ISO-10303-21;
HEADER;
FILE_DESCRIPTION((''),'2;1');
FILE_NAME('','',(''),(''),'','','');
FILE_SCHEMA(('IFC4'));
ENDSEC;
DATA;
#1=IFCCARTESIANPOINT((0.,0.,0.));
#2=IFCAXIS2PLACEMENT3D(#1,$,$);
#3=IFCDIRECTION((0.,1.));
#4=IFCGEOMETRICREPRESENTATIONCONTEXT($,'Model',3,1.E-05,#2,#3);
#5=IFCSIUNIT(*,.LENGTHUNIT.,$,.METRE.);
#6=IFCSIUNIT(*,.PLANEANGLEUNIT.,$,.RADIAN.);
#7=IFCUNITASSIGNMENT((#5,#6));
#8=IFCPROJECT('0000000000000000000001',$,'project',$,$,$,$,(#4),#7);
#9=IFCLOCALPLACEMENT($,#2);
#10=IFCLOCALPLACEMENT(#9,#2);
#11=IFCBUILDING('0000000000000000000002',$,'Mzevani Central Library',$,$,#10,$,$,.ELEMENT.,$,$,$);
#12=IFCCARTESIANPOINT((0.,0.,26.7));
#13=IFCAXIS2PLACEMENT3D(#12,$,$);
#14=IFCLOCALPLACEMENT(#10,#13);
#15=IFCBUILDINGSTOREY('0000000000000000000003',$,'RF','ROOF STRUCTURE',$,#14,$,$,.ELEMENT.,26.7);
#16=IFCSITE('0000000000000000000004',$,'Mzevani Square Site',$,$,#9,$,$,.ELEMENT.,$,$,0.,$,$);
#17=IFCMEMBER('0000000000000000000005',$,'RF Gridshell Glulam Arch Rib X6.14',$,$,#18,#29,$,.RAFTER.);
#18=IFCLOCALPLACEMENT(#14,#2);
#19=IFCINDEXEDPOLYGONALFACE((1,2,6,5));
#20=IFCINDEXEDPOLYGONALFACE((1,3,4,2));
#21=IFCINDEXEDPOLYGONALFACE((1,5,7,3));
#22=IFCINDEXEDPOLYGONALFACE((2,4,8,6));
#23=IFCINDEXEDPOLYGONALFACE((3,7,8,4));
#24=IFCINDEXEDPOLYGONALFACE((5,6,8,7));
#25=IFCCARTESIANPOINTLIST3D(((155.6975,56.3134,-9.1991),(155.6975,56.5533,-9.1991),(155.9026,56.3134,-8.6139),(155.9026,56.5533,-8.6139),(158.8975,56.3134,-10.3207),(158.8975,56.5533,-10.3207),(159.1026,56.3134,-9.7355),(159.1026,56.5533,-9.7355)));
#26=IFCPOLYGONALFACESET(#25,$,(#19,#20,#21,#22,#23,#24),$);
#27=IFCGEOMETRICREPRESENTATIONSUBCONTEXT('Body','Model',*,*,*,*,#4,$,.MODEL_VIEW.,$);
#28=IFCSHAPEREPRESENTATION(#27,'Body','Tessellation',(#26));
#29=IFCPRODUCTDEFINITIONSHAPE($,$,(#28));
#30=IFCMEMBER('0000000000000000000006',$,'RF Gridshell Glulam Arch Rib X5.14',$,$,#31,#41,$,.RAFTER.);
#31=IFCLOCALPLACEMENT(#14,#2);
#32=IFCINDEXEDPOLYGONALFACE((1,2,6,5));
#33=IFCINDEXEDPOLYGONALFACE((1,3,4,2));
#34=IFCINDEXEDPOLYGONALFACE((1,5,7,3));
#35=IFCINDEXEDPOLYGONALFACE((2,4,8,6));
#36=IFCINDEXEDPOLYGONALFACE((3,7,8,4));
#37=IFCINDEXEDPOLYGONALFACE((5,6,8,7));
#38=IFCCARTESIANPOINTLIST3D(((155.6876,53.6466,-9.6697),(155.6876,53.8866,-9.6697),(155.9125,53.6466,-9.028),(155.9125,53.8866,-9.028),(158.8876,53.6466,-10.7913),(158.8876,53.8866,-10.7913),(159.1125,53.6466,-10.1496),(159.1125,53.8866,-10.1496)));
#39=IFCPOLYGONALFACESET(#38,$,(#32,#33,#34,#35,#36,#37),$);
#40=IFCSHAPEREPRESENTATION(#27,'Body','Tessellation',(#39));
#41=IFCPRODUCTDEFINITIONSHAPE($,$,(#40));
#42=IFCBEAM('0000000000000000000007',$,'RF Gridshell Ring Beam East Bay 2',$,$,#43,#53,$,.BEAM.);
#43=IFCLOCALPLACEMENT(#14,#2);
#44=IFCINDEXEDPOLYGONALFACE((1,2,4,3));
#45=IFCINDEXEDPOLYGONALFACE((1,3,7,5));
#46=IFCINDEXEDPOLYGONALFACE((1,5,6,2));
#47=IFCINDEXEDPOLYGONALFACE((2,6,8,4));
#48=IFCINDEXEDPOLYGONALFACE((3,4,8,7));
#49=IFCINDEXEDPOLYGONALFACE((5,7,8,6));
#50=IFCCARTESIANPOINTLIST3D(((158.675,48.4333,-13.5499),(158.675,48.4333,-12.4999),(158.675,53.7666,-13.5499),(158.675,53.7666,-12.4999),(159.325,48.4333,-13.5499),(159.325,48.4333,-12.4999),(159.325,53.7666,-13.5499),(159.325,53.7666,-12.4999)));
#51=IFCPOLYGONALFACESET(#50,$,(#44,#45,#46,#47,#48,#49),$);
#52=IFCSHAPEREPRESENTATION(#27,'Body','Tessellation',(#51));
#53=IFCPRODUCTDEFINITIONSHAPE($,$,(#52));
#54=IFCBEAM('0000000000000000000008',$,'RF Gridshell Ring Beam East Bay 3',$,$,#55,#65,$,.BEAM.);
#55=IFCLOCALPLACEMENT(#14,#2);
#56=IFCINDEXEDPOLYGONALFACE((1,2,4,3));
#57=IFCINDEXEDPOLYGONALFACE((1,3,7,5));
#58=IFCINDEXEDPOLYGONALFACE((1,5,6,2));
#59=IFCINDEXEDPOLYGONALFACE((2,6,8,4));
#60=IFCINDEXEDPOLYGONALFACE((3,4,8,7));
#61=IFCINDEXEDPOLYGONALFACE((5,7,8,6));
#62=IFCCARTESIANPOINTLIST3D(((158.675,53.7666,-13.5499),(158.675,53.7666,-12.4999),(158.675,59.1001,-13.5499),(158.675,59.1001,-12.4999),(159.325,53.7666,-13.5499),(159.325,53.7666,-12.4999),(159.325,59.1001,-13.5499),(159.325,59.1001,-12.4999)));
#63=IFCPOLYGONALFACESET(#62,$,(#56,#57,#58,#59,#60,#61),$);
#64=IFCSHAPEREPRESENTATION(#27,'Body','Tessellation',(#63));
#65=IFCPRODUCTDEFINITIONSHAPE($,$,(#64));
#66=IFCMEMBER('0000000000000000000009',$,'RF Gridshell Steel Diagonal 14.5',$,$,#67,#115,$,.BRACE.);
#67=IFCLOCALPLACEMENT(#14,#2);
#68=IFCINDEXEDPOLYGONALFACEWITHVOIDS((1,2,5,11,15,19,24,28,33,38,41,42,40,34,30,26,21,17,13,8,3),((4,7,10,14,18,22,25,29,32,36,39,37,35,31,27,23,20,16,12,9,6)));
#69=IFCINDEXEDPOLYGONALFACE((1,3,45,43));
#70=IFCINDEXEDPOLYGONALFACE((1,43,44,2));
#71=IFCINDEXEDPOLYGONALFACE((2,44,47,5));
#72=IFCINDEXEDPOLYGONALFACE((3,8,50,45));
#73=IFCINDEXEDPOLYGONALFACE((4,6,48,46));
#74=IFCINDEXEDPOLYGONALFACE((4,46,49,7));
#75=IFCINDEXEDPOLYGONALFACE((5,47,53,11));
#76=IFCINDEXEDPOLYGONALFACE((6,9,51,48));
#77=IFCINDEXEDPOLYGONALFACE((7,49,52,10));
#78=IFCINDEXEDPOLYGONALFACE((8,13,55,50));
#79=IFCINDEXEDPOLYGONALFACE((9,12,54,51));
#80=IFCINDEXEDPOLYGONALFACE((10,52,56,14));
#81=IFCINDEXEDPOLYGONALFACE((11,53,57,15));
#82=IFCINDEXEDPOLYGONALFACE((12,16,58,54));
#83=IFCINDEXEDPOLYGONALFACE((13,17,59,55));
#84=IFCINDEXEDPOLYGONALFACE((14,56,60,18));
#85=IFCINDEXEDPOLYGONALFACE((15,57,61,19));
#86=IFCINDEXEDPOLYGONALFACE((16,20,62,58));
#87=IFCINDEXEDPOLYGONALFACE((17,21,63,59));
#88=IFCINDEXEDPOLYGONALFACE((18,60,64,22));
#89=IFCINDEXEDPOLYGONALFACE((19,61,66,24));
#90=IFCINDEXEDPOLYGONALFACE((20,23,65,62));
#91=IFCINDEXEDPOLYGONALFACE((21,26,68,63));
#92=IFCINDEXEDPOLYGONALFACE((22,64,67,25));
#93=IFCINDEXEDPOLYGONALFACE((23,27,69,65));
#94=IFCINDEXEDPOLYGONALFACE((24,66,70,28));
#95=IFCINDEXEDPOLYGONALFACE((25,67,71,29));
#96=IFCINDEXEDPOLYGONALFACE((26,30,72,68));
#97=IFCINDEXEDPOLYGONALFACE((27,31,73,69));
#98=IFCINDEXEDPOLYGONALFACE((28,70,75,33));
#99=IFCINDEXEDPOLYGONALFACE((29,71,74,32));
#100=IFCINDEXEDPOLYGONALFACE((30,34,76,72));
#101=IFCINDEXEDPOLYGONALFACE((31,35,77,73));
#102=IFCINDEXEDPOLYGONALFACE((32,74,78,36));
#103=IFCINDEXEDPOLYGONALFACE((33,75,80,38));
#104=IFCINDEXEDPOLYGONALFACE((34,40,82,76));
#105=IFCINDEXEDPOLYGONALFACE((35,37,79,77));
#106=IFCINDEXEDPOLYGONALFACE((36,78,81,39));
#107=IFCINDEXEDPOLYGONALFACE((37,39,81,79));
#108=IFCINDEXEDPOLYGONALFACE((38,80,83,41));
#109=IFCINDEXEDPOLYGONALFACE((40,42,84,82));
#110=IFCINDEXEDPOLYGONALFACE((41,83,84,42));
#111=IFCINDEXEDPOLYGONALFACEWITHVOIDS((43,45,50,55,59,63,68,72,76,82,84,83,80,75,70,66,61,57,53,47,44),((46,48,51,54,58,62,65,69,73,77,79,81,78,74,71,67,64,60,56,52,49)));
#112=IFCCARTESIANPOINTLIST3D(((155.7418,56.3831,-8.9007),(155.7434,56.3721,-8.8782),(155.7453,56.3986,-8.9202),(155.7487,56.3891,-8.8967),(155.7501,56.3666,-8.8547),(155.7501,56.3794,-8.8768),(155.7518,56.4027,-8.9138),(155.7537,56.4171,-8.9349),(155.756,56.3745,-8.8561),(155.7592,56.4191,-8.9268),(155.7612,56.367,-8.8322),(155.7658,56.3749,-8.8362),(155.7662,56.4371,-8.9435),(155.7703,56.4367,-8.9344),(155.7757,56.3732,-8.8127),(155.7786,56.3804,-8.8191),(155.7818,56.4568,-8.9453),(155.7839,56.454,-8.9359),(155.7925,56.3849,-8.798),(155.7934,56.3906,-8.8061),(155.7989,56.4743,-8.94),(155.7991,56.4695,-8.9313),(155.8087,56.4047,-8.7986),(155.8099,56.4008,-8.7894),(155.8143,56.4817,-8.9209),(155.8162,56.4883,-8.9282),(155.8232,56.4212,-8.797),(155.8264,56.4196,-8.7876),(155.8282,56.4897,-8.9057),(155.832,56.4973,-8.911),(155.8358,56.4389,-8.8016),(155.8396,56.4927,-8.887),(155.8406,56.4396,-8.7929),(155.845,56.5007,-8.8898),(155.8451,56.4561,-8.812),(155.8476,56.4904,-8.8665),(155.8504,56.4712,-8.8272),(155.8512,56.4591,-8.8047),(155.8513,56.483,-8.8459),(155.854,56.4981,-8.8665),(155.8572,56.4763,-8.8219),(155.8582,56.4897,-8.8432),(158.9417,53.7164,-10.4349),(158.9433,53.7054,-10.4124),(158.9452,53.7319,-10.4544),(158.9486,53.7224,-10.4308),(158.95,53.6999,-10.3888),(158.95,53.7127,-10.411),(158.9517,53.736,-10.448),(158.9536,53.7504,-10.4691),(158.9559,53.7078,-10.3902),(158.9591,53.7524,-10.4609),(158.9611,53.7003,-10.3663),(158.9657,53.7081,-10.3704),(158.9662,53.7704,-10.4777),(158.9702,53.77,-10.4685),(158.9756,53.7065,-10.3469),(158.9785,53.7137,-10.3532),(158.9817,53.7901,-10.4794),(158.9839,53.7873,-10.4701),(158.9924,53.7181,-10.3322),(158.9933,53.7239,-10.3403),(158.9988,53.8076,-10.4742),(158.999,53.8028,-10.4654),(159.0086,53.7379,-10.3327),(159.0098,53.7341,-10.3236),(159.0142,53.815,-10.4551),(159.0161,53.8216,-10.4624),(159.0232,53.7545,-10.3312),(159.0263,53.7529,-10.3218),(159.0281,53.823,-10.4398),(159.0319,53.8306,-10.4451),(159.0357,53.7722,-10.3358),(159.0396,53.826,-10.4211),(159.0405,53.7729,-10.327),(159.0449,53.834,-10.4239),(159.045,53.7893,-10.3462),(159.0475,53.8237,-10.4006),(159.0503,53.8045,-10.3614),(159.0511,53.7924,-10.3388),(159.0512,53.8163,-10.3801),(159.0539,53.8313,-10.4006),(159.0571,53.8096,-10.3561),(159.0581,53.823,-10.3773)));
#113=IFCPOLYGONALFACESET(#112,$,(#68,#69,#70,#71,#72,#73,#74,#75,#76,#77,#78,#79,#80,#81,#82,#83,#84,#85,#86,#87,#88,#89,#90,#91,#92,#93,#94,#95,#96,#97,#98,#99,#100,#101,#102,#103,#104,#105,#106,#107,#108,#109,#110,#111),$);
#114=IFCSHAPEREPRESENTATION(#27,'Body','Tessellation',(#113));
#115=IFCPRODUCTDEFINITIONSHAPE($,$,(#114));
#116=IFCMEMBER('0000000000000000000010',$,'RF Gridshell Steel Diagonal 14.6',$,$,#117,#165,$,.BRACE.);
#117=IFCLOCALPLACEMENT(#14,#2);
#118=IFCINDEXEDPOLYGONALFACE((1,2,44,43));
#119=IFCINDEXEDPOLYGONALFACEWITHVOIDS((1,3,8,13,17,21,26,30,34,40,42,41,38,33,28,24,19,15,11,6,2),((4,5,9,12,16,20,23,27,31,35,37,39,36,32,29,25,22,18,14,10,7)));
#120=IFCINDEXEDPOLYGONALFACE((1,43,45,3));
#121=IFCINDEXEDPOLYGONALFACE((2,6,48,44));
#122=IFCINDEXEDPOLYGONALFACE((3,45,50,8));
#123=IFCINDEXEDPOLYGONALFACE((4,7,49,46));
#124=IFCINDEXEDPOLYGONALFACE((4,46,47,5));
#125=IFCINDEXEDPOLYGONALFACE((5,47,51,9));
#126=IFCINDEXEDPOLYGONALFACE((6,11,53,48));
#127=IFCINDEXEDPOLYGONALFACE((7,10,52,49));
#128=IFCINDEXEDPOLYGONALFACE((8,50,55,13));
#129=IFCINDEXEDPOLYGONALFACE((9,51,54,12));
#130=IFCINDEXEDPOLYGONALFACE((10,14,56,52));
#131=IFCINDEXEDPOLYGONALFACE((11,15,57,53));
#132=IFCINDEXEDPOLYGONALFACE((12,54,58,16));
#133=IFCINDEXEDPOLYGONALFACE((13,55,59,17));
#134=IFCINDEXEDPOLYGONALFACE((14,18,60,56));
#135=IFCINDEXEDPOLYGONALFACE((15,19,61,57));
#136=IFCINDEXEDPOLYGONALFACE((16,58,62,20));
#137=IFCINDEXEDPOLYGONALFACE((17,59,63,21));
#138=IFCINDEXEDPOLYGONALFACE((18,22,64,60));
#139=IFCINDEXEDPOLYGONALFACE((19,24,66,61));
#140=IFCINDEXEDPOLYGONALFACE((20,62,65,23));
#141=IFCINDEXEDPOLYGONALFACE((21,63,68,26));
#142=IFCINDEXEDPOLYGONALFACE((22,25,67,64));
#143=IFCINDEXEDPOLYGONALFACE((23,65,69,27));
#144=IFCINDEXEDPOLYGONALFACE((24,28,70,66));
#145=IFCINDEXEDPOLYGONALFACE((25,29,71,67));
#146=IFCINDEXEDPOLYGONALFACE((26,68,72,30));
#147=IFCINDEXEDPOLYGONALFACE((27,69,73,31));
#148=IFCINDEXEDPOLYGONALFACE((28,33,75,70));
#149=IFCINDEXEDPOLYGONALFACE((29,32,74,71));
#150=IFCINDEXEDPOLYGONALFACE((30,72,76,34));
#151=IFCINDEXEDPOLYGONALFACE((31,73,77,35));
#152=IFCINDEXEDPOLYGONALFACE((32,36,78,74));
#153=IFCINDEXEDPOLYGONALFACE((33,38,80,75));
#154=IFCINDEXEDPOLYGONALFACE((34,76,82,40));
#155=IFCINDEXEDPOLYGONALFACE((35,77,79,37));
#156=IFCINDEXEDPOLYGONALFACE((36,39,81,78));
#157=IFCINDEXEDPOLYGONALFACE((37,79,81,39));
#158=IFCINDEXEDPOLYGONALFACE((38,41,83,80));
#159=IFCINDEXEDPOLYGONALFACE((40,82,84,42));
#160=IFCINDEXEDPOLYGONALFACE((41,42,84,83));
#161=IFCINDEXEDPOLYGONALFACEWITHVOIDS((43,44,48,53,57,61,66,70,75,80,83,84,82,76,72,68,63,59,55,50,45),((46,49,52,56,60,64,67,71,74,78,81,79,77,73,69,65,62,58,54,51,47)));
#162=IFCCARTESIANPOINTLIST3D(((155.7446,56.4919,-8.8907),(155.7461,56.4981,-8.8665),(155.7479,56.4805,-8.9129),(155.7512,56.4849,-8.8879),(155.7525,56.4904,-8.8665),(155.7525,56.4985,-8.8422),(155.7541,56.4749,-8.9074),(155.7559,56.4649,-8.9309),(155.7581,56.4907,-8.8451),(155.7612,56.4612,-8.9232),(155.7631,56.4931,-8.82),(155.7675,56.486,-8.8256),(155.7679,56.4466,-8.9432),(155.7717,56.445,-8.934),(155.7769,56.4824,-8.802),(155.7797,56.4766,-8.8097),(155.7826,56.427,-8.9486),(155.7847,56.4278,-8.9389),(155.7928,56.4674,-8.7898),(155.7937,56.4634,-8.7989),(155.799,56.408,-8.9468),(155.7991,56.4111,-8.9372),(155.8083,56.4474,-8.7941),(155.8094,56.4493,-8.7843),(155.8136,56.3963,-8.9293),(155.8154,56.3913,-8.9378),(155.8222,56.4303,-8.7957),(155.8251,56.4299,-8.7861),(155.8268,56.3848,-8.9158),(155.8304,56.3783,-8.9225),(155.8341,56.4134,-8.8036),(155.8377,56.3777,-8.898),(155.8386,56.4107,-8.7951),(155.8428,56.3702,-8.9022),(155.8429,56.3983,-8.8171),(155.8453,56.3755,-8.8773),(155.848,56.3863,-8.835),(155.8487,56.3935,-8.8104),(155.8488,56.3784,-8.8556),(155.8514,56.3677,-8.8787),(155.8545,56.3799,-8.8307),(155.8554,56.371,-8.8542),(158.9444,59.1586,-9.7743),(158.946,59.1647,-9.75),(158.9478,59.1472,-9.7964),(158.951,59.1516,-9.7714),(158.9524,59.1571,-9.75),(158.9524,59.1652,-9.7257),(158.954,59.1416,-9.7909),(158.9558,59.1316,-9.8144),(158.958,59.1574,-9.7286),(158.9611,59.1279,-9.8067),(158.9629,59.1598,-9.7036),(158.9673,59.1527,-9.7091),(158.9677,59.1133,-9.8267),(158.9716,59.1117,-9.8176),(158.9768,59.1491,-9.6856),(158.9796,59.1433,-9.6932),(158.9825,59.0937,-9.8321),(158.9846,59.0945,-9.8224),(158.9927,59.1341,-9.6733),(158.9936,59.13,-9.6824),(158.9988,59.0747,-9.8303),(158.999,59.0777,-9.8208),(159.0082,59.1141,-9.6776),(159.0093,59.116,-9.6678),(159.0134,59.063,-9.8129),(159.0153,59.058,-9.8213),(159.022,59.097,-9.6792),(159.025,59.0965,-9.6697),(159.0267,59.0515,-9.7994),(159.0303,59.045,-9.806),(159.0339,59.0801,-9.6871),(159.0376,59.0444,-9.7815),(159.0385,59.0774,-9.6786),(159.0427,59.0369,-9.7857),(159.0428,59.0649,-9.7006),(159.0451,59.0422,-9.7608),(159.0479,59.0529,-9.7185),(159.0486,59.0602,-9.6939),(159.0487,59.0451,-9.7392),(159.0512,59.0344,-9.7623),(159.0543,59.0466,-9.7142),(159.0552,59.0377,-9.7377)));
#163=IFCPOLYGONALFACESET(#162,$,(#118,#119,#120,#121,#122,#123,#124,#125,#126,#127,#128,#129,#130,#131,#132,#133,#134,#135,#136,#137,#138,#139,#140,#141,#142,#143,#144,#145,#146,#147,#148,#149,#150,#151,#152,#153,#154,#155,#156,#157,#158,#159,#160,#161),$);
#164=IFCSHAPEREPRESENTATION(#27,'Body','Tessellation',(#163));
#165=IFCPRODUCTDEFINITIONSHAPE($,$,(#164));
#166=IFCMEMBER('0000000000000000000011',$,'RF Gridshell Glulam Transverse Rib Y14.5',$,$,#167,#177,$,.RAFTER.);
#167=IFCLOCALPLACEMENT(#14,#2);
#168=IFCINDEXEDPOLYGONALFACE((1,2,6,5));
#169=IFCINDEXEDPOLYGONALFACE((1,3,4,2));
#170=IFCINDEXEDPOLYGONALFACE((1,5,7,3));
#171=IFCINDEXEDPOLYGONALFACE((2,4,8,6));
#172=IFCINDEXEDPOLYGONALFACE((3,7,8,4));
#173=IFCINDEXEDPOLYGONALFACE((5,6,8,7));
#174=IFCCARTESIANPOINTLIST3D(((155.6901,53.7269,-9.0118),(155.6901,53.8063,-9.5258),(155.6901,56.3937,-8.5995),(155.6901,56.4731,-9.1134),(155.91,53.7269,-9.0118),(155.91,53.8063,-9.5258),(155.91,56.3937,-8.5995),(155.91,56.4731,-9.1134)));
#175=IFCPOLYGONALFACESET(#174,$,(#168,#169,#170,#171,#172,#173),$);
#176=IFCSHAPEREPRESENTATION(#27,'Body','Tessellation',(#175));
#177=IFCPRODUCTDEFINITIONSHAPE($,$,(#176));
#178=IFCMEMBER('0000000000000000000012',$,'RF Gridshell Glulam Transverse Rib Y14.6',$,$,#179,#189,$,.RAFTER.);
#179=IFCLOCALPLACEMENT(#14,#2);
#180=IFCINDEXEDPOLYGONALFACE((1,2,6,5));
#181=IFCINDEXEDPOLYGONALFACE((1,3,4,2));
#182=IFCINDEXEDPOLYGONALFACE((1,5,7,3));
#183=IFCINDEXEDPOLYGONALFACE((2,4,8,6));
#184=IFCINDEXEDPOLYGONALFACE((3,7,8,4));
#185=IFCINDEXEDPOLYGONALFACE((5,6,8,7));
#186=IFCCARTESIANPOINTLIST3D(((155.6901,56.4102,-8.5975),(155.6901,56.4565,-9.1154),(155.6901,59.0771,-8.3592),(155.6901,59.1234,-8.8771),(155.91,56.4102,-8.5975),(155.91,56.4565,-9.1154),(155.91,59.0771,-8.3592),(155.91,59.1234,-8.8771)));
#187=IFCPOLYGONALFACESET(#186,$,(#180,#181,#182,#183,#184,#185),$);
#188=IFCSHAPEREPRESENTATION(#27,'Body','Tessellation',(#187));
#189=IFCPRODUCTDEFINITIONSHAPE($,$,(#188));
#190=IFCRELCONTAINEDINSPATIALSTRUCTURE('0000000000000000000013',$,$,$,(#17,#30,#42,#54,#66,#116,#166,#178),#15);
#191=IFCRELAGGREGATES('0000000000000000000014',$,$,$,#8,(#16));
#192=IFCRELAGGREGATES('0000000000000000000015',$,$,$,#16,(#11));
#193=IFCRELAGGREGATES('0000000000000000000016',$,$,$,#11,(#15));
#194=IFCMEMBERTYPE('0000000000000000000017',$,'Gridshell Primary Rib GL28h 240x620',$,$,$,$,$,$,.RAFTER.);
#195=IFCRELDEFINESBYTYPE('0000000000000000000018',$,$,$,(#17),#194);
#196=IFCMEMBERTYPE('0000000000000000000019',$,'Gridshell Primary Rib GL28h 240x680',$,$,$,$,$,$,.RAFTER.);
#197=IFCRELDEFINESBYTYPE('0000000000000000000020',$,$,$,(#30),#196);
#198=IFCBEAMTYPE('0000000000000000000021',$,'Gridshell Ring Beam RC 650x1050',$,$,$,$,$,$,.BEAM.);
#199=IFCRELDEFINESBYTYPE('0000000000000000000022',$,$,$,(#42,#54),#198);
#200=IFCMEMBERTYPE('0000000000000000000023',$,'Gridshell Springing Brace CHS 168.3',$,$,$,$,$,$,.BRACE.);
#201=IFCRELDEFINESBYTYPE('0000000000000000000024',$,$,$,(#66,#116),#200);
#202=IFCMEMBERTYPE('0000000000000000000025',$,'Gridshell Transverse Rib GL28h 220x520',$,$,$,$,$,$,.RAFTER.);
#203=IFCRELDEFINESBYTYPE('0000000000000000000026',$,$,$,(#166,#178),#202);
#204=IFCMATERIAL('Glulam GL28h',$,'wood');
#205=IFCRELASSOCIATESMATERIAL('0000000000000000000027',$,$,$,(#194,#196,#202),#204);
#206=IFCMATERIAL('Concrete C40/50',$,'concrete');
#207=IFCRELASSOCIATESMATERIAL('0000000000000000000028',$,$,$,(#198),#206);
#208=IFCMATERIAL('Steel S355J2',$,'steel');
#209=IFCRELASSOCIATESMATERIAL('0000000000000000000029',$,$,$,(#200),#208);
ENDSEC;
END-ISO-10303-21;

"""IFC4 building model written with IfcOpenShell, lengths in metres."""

from ifc_helpers import new_model, si_unit, direction, frame, origin, origin_2d, place, context, subcontext, project, spatial, rectangle, hollow_circle, extrude, material, material_profile, profile_set, type_object, element, save


model = new_model("IFC4")

# Units and contexts
model_context = context("Model", 3, precision=1e-05, world=origin(), true_north=direction((0.0, 1.0)))
body_context = subcontext(model_context, "Body", "Model", "MODEL_VIEW")
ifc_project = project(units=[si_unit("LENGTHUNIT", "METRE"), si_unit("PLANEANGLEUNIT", "RADIAN")], contexts=[model_context])

# Site, building, storey
site_placement = place(None, origin())
site = spatial("IfcSite", under=ifc_project, at=site_placement, Name="Mzevani Square Site", CompositionType="ELEMENT", RefElevation=0.0)
building_placement = place(site_placement, origin())
building = spatial("IfcBuilding", under=site, at=building_placement, Name="Mzevani Central Library", CompositionType="ELEMENT")
storey_placement = place(building_placement, frame((0.0, 0.0, 26.7)))
storey = spatial("IfcBuildingStorey", under=building, at=storey_placement, Name="RF", Description="ROOF STRUCTURE", CompositionType="ELEMENT", Elevation=26.7)

# Members
ifc_material_1 = material(Name="Steel S355J2", Category="steel")
ifc_material_2 = material(Name="Glulam GL28h", Category="wood")
ifc_material_profile_1 = material_profile(ifc_material_2, rectangle(XDim=0.24, YDim=0.6201, at=origin_2d()), Name="GL28h 240x620")
ifc_profile_set_1 = profile_set([ifc_material_profile_1], Name="Glulam GL28h")
member_type_1 = type_object("IfcMemberType", Name="Gridshell Primary Rib GL28h 240x620", PredefinedType="RAFTER", material=ifc_profile_set_1)
member_1_placement = place(storey_placement, frame((155.8, 56.4333, -8.9065), z_axis=(0.943711, 0.0, -0.330771), x_axis=(0.0, 1.0, 0.0)))
element("IfcMember", 1, at=member_1_placement, inside=storey, type_object=member_type_1, Name="RF Gridshell Glulam Arch Rib X6.14", PredefinedType="RAFTER", context=body_context, shape_type="SweptSolid", body=[
    extrude(rectangle(XDim=0.24, YDim=0.6201, at=origin_2d()), origin(), (0.0, 0.0, 1.0), 3.3909),
])
ifc_material_profile_2 = material_profile(ifc_material_2, rectangle(XDim=0.24, YDim=0.6799, at=origin_2d()), Name="GL28h 240x680")
ifc_profile_set_2 = profile_set([ifc_material_profile_2], Name="Glulam GL28h")
member_type_2 = type_object("IfcMemberType", Name="Gridshell Primary Rib GL28h 240x680", PredefinedType="RAFTER", material=ifc_profile_set_2)
member_2_placement = place(storey_placement, frame((155.8, 53.7666, -9.3489), z_axis=(0.943711, 0.0, -0.330771), x_axis=(0.0, 1.0, 0.0)))
element("IfcMember", 2, at=member_2_placement, inside=storey, type_object=member_type_2, Name="RF Gridshell Glulam Arch Rib X5.14", PredefinedType="RAFTER", context=body_context, shape_type="SweptSolid", body=[
    extrude(rectangle(XDim=0.24, YDim=0.6799, at=origin_2d()), origin(), (0.0, 0.0, 1.0), 3.3909),
])

# Beams
ifc_material_3 = material(Name="Concrete C40/50", Category="concrete")
ifc_material_profile_3 = material_profile(ifc_material_3, rectangle(XDim=0.6499, YDim=1.05, at=origin_2d()), Name="RC RB650x1050")
ifc_profile_set_3 = profile_set([ifc_material_profile_3], Name="Concrete C40/50")
beam_type_1 = type_object("IfcBeamType", Name="Gridshell Ring Beam RC 650x1050", PredefinedType="BEAM", material=ifc_profile_set_3)
beam_1_placement = place(storey_placement, frame((159.0, 48.4333, -13.0249), z_axis=(0.0, 1.0, 0.0), x_axis=(-1.0, 0.0, 0.0)))
element("IfcBeam", 3, at=beam_1_placement, inside=storey, type_object=beam_type_1, Name="RF Gridshell Ring Beam East Bay 2", PredefinedType="BEAM", context=body_context, shape_type="SweptSolid", body=[
    extrude(rectangle(XDim=0.6499, YDim=1.05, at=origin_2d()), origin(), (0.0, 0.0, 1.0), 5.3333),
])
beam_2_placement = place(storey_placement, frame((159.0, 53.7666, -13.0249), z_axis=(0.0, 1.0, 0.0), x_axis=(-1.0, 0.0, 0.0)))
element("IfcBeam", 4, at=beam_2_placement, inside=storey, type_object=beam_type_1, Name="RF Gridshell Ring Beam East Bay 3", PredefinedType="BEAM", context=body_context, shape_type="SweptSolid", body=[
    extrude(rectangle(XDim=0.6499, YDim=1.05, at=origin_2d()), origin(), (0.0, 0.0, 1.0), 5.3335),
])

# Members
ifc_material_profile_4 = material_profile(ifc_material_1, hollow_circle(Radius=0.0842, WallThickness=0.01, at=origin_2d()), Name="CHS 168.3x10.0")
ifc_profile_set_4 = profile_set([ifc_material_profile_4], Name="Steel S355J2")
member_type_3 = type_object("IfcMemberType", Name="Gridshell Springing Brace CHS 168.3", PredefinedType="BRACE", material=ifc_profile_set_4)
member_3_placement = place(storey_placement, frame((155.8, 56.4333, -8.8665), z_axis=(0.720868, -0.600751, -0.345612), x_axis=(0.640202, 0.768207, 0.0)))
element("IfcMember", 5, at=member_3_placement, inside=storey, type_object=member_type_3, Name="RF Gridshell Steel Diagonal 14.5", PredefinedType="BRACE", context=body_context, shape_type="SweptSolid", body=[
    extrude(hollow_circle(Radius=0.0842, WallThickness=0.01, at=origin_2d()), origin(), (0.0, 0.0, 1.0), 4.439),
])
member_4_placement = place(storey_placement, frame((155.8, 56.4333, -8.8665), z_axis=(0.751488, 0.626268, -0.207495), x_axis=(-0.640202, 0.768207, 0.0)))
element("IfcMember", 6, at=member_4_placement, inside=storey, type_object=member_type_3, Name="RF Gridshell Steel Diagonal 14.6", PredefinedType="BRACE", context=body_context, shape_type="SweptSolid", body=[
    extrude(hollow_circle(Radius=0.0842, WallThickness=0.01, at=origin_2d()), origin(), (0.0, 0.0, 1.0), 4.2581),
])
ifc_material_profile_5 = material_profile(ifc_material_2, rectangle(XDim=0.22, YDim=0.52, at=origin_2d()), Name="GL28h 220x520")
ifc_profile_set_5 = profile_set([ifc_material_profile_5], Name="Glulam GL28h")
member_type_4 = type_object("IfcMemberType", Name="Gridshell Transverse Rib GL28h 220x520", PredefinedType="RAFTER", material=ifc_profile_set_5)
member_5_placement = place(storey_placement, frame((155.8, 53.7666, -9.2688), z_axis=(0.0, 0.988255, 0.152812), x_axis=(-1.0, 0.0, 0.0)))
element("IfcMember", 7, at=member_5_placement, inside=storey, type_object=member_type_4, Name="RF Gridshell Glulam Transverse Rib Y14.5", PredefinedType="RAFTER", context=body_context, shape_type="SweptSolid", body=[
    extrude(rectangle(XDim=0.22, YDim=0.52, at=origin_2d()), origin(), (0.0, 0.0, 1.0), 2.6985),
])
member_6_placement = place(storey_placement, frame((155.8, 56.4333, -8.8564), z_axis=(0.0, 0.996032, 0.088998), x_axis=(-1.0, 0.0, 0.0)))
element("IfcMember", 8, at=member_6_placement, inside=storey, type_object=member_type_4, Name="RF Gridshell Glulam Transverse Rib Y14.6", PredefinedType="RAFTER", context=body_context, shape_type="SweptSolid", body=[
    extrude(rectangle(XDim=0.22, YDim=0.52, at=origin_2d()), origin(), (0.0, 0.0, 1.0), 2.6775),
])

save(model, "model.ifc")
